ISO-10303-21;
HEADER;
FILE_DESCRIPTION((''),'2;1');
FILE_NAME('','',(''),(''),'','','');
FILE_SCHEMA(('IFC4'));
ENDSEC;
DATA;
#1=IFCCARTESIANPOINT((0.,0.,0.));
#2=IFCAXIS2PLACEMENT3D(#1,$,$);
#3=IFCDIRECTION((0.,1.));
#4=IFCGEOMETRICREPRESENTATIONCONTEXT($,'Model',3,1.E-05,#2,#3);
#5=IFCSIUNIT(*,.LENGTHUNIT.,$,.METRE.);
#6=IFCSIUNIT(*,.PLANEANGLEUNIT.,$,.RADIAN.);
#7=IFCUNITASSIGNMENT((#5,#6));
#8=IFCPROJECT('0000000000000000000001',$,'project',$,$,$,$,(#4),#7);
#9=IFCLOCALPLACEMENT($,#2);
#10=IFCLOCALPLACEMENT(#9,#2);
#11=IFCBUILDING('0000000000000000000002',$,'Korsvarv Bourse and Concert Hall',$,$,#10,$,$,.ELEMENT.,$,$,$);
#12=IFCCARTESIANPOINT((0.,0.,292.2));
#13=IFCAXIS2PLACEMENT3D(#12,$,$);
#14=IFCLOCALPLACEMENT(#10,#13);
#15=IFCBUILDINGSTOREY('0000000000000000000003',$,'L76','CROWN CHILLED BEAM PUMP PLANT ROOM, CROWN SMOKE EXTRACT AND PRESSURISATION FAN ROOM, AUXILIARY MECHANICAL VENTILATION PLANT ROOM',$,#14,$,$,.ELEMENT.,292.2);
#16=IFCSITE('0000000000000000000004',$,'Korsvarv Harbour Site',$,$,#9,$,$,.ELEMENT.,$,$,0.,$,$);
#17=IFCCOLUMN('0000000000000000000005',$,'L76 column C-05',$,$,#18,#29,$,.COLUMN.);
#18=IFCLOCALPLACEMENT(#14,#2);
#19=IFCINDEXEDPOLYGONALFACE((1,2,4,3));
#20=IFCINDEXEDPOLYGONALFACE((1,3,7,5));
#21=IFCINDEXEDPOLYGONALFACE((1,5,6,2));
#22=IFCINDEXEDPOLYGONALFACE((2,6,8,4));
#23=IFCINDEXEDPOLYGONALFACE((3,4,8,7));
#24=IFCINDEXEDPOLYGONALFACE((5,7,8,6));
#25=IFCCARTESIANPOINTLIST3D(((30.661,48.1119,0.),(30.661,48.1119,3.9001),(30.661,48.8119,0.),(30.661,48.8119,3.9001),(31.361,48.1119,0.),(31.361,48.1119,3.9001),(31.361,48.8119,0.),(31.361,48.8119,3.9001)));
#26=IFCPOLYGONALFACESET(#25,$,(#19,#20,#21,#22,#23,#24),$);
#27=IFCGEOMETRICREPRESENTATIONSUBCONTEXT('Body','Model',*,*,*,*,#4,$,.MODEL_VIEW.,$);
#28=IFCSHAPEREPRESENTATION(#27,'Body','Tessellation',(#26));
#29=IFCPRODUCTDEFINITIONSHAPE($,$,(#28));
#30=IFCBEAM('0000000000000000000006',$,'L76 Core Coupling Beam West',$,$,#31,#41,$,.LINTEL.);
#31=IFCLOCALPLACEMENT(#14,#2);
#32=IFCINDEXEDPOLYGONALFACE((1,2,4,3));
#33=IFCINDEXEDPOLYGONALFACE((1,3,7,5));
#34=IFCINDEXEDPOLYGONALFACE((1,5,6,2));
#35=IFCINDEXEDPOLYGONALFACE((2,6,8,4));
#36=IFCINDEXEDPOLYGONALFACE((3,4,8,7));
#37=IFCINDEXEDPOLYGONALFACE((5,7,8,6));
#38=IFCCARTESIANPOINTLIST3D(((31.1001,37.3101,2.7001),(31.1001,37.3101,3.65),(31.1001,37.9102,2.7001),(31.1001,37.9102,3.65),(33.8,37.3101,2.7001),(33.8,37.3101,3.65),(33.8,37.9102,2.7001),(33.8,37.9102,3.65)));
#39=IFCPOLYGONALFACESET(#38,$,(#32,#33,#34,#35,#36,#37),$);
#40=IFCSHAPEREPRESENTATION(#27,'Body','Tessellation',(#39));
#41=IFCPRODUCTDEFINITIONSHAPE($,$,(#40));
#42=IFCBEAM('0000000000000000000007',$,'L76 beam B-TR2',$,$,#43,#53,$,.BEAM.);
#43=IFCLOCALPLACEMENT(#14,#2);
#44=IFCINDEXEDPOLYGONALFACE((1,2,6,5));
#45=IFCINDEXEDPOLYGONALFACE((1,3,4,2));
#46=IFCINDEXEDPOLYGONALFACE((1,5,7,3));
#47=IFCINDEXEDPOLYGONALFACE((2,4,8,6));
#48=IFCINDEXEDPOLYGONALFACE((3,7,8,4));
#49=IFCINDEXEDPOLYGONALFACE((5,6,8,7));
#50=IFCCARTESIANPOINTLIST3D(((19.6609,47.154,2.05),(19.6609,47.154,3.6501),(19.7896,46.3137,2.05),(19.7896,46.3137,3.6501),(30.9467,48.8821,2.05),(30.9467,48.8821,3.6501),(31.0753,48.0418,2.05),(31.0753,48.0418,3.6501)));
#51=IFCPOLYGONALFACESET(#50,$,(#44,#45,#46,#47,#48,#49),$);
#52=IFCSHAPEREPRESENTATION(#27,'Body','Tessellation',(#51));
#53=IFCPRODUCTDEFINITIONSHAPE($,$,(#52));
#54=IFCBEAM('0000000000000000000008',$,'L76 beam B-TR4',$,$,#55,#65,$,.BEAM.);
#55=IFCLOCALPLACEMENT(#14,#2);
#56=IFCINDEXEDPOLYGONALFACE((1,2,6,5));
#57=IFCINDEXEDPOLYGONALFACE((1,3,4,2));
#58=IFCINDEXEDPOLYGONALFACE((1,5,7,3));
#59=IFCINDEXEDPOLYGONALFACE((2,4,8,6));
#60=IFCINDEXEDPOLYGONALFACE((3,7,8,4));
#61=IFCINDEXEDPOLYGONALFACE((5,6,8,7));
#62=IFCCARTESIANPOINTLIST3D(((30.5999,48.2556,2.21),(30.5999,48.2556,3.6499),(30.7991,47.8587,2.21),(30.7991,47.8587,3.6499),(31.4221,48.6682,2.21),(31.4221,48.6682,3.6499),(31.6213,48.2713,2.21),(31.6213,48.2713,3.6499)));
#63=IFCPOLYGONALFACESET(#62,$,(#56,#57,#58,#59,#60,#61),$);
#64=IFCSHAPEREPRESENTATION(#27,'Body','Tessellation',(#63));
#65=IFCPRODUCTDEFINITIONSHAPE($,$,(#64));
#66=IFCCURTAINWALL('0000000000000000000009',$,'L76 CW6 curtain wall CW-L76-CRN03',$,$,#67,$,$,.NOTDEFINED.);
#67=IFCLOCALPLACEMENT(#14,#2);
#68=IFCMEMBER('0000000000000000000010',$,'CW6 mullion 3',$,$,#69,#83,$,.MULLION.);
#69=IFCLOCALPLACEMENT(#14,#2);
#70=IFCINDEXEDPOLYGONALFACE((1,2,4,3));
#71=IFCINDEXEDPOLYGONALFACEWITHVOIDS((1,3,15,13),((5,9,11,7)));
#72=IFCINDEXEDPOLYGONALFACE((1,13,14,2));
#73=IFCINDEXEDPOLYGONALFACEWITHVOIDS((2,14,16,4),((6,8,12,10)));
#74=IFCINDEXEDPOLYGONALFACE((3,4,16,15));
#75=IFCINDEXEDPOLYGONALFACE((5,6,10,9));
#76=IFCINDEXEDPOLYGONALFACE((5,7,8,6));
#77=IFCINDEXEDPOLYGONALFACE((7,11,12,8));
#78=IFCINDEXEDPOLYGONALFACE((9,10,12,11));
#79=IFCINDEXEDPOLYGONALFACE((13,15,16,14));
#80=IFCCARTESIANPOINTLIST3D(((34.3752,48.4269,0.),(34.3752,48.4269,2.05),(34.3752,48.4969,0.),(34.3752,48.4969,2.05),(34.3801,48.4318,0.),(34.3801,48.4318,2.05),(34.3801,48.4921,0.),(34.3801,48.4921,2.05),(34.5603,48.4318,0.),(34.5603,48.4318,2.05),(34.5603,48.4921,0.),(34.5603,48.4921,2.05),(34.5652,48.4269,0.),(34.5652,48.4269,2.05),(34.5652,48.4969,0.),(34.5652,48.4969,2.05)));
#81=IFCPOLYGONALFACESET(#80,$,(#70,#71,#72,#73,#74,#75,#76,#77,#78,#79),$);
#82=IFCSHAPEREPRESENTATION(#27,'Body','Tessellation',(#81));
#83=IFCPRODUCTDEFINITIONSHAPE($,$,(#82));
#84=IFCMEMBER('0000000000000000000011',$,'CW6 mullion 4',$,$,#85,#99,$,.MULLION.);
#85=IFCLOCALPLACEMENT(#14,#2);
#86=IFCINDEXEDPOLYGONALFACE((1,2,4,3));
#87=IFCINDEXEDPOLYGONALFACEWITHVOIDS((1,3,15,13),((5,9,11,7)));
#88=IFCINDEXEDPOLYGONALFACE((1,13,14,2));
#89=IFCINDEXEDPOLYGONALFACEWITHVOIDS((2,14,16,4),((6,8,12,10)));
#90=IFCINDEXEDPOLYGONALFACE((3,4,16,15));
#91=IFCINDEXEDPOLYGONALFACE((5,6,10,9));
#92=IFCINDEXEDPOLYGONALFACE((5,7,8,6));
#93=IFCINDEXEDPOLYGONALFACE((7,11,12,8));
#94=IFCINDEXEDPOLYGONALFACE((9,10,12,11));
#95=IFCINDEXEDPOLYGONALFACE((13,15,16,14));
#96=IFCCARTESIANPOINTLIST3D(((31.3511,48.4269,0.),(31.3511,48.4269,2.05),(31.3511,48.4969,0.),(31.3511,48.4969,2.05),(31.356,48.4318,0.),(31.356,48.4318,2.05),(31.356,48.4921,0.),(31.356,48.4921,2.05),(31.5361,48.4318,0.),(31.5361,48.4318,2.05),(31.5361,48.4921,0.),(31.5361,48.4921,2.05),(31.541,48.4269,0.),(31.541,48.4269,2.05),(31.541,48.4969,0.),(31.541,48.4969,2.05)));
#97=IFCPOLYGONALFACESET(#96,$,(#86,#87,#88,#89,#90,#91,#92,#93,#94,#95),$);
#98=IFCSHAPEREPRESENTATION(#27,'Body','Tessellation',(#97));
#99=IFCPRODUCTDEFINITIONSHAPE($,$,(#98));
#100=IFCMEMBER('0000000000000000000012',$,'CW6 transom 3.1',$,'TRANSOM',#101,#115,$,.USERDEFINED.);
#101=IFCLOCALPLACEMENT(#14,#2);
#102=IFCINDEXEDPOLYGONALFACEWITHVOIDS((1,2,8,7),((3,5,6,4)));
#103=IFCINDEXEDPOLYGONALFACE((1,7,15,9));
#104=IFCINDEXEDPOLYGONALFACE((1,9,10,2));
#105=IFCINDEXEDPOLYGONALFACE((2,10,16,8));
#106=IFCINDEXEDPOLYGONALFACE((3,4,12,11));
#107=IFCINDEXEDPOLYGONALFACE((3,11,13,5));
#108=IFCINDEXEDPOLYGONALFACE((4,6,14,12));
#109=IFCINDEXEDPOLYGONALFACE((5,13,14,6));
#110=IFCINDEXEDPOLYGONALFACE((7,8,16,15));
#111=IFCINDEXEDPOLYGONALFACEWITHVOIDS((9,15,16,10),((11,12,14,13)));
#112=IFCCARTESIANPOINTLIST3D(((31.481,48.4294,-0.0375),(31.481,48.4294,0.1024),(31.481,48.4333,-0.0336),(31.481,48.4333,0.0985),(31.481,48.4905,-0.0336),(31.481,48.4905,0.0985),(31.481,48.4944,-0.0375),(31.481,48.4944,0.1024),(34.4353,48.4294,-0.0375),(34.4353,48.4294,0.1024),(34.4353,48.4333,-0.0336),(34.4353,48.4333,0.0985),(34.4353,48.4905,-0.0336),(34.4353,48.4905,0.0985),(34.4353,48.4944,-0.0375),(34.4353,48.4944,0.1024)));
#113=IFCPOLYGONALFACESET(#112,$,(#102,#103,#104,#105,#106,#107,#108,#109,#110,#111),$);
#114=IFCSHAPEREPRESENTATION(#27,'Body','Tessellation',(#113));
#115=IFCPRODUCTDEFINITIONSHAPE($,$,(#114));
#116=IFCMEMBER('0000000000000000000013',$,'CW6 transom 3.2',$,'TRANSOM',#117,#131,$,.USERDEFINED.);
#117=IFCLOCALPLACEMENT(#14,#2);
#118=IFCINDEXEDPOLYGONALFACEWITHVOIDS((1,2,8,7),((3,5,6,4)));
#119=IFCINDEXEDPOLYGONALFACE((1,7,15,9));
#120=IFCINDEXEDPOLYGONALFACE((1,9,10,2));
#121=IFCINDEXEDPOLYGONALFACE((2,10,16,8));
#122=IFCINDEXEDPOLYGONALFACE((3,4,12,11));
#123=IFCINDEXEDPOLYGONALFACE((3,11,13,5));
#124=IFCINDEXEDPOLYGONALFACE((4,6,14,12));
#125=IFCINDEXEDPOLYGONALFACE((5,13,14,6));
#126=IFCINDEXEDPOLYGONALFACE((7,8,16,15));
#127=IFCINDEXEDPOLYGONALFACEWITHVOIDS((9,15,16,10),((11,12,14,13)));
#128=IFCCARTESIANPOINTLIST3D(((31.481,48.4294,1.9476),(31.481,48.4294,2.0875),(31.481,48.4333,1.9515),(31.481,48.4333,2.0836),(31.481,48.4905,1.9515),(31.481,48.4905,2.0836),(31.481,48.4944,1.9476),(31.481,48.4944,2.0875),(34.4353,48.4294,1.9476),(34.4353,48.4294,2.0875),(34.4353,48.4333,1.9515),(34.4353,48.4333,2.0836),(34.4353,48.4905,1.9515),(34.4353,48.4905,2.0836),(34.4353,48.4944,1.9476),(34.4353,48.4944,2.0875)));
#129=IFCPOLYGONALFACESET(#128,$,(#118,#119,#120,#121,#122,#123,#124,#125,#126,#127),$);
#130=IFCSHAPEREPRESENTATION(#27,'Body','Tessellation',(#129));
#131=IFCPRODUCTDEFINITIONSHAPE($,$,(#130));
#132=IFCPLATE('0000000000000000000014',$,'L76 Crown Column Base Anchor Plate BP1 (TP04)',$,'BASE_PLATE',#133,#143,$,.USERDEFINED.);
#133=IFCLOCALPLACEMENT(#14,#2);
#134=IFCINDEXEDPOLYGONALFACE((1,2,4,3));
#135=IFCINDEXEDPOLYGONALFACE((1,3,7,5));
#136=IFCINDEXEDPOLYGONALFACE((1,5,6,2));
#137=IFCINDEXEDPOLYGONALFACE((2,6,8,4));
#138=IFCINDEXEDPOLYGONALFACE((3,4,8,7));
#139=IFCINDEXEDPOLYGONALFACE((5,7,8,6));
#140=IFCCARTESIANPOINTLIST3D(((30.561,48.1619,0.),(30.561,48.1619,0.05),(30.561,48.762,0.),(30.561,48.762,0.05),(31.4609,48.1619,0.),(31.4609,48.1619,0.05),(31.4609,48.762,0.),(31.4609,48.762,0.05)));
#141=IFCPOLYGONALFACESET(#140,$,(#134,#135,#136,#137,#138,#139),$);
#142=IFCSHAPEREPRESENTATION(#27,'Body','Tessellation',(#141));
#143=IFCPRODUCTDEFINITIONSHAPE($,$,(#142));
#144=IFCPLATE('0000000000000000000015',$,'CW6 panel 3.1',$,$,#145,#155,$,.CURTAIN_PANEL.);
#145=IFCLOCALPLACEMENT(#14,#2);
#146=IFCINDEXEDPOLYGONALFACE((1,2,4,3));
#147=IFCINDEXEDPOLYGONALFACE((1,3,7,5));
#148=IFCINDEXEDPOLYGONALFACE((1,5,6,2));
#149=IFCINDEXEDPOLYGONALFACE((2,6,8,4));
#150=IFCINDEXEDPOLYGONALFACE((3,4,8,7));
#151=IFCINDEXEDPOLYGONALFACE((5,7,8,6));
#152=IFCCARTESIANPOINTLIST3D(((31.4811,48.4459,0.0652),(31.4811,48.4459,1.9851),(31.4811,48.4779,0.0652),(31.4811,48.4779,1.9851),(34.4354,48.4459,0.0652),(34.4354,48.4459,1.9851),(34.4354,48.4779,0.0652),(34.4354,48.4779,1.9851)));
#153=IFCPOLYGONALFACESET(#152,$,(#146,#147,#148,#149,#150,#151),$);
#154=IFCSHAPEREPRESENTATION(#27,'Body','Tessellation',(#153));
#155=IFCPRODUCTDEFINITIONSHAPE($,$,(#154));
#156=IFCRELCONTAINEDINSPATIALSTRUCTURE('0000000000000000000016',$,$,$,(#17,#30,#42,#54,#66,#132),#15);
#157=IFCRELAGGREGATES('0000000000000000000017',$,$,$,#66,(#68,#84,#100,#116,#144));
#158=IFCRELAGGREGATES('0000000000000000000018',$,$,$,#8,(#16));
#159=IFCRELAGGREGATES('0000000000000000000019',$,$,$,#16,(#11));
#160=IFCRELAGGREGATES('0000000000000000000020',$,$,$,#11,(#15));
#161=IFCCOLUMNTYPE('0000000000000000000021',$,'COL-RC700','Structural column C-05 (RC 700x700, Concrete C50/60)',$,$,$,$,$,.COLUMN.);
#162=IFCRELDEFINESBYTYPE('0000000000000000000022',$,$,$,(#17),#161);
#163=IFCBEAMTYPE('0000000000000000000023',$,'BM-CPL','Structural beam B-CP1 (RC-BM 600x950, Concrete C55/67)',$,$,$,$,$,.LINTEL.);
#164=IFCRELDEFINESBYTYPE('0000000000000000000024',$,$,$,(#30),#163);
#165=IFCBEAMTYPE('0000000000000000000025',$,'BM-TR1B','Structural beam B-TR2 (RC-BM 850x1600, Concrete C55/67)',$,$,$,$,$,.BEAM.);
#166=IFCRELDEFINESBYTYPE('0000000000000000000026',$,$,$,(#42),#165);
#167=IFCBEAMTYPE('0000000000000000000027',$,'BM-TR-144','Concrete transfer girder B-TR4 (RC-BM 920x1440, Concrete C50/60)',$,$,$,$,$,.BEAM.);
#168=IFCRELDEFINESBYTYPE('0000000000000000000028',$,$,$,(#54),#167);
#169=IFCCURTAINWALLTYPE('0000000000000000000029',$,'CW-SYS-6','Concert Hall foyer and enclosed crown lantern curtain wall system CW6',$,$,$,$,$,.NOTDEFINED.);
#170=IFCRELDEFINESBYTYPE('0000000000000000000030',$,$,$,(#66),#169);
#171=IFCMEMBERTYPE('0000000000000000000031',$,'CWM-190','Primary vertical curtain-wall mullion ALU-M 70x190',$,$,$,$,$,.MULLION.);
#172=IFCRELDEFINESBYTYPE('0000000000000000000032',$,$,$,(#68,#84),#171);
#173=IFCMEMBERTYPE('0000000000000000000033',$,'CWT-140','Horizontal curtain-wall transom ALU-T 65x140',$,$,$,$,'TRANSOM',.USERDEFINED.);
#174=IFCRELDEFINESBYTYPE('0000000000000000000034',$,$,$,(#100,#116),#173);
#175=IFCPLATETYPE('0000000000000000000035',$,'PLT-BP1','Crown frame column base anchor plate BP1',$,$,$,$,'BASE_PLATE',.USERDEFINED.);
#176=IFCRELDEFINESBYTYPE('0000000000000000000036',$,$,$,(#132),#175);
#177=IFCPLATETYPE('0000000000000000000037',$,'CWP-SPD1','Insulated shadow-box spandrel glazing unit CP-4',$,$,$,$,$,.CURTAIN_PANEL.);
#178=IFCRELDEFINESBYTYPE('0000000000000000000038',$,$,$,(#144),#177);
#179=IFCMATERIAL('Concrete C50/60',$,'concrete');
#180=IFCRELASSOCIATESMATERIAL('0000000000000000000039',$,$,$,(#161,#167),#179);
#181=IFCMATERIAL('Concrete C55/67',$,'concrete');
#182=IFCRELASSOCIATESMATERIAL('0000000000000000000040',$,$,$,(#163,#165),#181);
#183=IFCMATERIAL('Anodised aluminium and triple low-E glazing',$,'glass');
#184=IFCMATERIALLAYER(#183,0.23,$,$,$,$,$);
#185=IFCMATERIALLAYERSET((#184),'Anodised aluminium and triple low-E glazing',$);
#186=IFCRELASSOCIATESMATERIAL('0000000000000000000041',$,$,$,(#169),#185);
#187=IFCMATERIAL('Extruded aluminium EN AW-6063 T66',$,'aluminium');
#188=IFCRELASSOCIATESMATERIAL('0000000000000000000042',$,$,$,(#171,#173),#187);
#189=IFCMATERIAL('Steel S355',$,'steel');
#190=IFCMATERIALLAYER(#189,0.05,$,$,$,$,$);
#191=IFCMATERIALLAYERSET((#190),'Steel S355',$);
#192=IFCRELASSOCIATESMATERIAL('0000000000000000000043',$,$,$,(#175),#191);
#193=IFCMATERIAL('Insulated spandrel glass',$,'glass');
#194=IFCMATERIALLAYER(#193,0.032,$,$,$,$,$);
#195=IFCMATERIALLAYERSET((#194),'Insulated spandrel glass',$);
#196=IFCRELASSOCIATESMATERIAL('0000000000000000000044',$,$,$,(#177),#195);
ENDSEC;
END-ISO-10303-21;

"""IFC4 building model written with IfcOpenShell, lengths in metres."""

from ifc_helpers import new_model, si_unit, direction, frame, origin, origin_2d, place, context, subcontext, project, spatial, rectangle, hollow_rectangle, extrude, source, transform, mapped, material, layer, layer_set, material_profile, profile_set, type_object, element, aggregate, save


model = new_model("IFC4")

# Units and contexts
model_context = context("Model", 3, precision=1e-05, world=origin(), true_north=direction((0.0, 1.0)))
body_context = subcontext(model_context, "Body", "Model", "MODEL_VIEW")
ifc_project = project(units=[si_unit("LENGTHUNIT", "METRE"), si_unit("PLANEANGLEUNIT", "RADIAN")], contexts=[model_context])

# Site, building, storey
site_placement = place(None, origin())
site = spatial("IfcSite", under=ifc_project, at=site_placement, Name="Korsvarv Harbour Site", CompositionType="ELEMENT", RefElevation=0.0)
building_placement = place(site_placement, origin())
building = spatial("IfcBuilding", under=site, at=building_placement, Name="Korsvarv Bourse and Concert Hall", CompositionType="ELEMENT")
storey_placement = place(building_placement, frame((0.0, 0.0, 292.2)))
storey = spatial("IfcBuildingStorey", under=building, at=storey_placement, Name="L76", Description="CROWN CHILLED BEAM PUMP PLANT ROOM, CROWN SMOKE EXTRACT AND PRESSURISATION FAN ROOM, AUXILIARY MECHANICAL VENTILATION PLANT ROOM", CompositionType="ELEMENT", Elevation=292.2)

# Column
ifc_material_1 = material(Name="Concrete C50/60", Category="concrete")
ifc_material_profile_1 = material_profile(ifc_material_1, rectangle(XDim=0.7, YDim=0.7, at=origin_2d()), Name="RC 700x700")
ifc_profile_set_1 = profile_set([ifc_material_profile_1], Name="Concrete C50/60")
column_type = type_object("IfcColumnType", Name="COL-RC700", Description="Structural column C-05 (RC 700x700, Concrete C50/60)", PredefinedType="COLUMN", material=ifc_profile_set_1)
shared_shape_1 = source(origin(), body_context, "Body", "SweptSolid", [
    extrude(rectangle(XDim=0.7, YDim=0.7, at=origin_2d()), origin(), (0.0, 0.0, 1.0), 3.9001),
])
column_placement = place(storey_placement, frame((31.011, 48.4619, 0.0), z_axis=(0.0, 0.0, 1.0), x_axis=(1.0, 0.0, 0.0)))
element("IfcColumn", 1, at=column_placement, inside=storey, type_object=column_type, Name="L76 column C-05", PredefinedType="COLUMN", context=body_context, shape_type="MappedRepresentation", body=[
    mapped(shared_shape_1, transform((0.0, 0.0, 0.0), scale=1.0)),
])

# Beams
ifc_material_2 = material(Name="Concrete C55/67", Category="concrete")
ifc_material_profile_2 = material_profile(ifc_material_2, rectangle(XDim=0.6001, YDim=0.95, at=origin_2d()), Name="RC-BM 600x950")
ifc_profile_set_2 = profile_set([ifc_material_profile_2], Name="Concrete C55/67")
beam_type_1 = type_object("IfcBeamType", Name="BM-CPL", Description="Structural beam B-CP1 (RC-BM 600x950, Concrete C55/67)", PredefinedType="LINTEL", material=ifc_profile_set_2)
shared_shape_2 = source(origin(), body_context, "Body", "SweptSolid", [
    extrude(rectangle(XDim=0.6001, YDim=0.95, at=origin_2d()), origin(), (0.0, 0.0, 1.0), 2.7),
])
beam_1_placement = place(storey_placement, frame((31.1001, 37.6101, 3.175), z_axis=(1.0, 0.0, 0.0), x_axis=(0.0, 1.0, 0.0)))
element("IfcBeam", 2, at=beam_1_placement, inside=storey, type_object=beam_type_1, Name="L76 Core Coupling Beam West", PredefinedType="LINTEL", context=body_context, shape_type="MappedRepresentation", body=[
    mapped(shared_shape_2, transform((0.0, 0.0, 0.0), scale=1.0)),
])
ifc_material_profile_3 = material_profile(ifc_material_2, rectangle(XDim=0.8501, YDim=1.6001, at=origin_2d()), Name="RC-BM 850x1600")
ifc_profile_set_3 = profile_set([ifc_material_profile_3], Name="Concrete C55/67")
beam_type_2 = type_object("IfcBeamType", Name="BM-TR1B", Description="Structural beam B-TR2 (RC-BM 850x1600, Concrete C55/67)", PredefinedType="BEAM", material=ifc_profile_set_3)
shared_shape_3 = source(origin(), body_context, "Body", "SweptSolid", [
    extrude(rectangle(XDim=0.8501, YDim=1.6001, at=origin_2d()), origin(), (0.0, 0.0, 1.0), 11.4172),
])
beam_2_placement = place(storey_placement, frame((31.011, 48.4619, 2.8501), z_axis=(-0.98848, -0.151353, 0.0), x_axis=(0.151353, -0.98848, 0.0)))
element("IfcBeam", 3, at=beam_2_placement, inside=storey, type_object=beam_type_2, Name="L76 beam B-TR2", PredefinedType="BEAM", context=body_context, shape_type="MappedRepresentation", body=[
    mapped(shared_shape_3, transform((0.0, 0.0, 0.0), scale=1.0)),
])
ifc_material_profile_4 = material_profile(ifc_material_1, rectangle(XDim=0.9199, YDim=1.4399, at=origin_2d()), Name="RC-BM 920x1440")
ifc_profile_set_4 = profile_set([ifc_material_profile_4], Name="Concrete C50/60")
beam_type_3 = type_object("IfcBeamType", Name="BM-TR-144", Description="Concrete transfer girder B-TR4 (RC-BM 920x1440, Concrete C50/60)", PredefinedType="BEAM", material=ifc_profile_set_4)
shared_shape_4 = source(origin(), body_context, "Body", "SweptSolid", [
    extrude(rectangle(XDim=0.9199, YDim=1.4399, at=origin_2d()), origin(), (0.0, 0.0, 1.0), 0.4441),
])
beam_3_placement = place(storey_placement, frame((31.011, 48.4619, 2.9299), z_axis=(0.448532, -0.893767, 0.0), x_axis=(0.893767, 0.448532, 0.0)))
element("IfcBeam", 4, at=beam_3_placement, inside=storey, type_object=beam_type_3, Name="L76 beam B-TR4", PredefinedType="BEAM", context=body_context, shape_type="MappedRepresentation", body=[
    mapped(shared_shape_4, transform((0.0, 0.0, 0.0), scale=1.0)),
])

# Curtain wall, members
ifc_material_3 = material(Name="Anodised aluminium and triple low-E glazing", Category="glass")
ifc_layer_1 = layer(ifc_material_3, 0.23)
ifc_layer_set_1 = layer_set([ifc_layer_1], Name="Anodised aluminium and triple low-E glazing")
curtain_wall_type = type_object("IfcCurtainWallType", Name="CW-SYS-6", Description="Concert Hall foyer and enclosed crown lantern curtain wall system CW6", PredefinedType="NOTDEFINED", material=ifc_layer_set_1)
curtain_wall_placement = place(storey_placement, origin())
curtain_wall = element("IfcCurtainWall", 5, at=curtain_wall_placement, inside=storey, type_object=curtain_wall_type, Name="L76 CW6 curtain wall CW-L76-CRN03", PredefinedType="NOTDEFINED")
ifc_material_4 = material(Name="Extruded aluminium EN AW-6063 T66", Category="aluminium")
ifc_material_profile_5 = material_profile(ifc_material_4, hollow_rectangle(XDim=0.0701, YDim=0.1899, WallThickness=0.0049, at=origin_2d()), Name="ALU-M 70x190")
ifc_profile_set_5 = profile_set([ifc_material_profile_5], Name="Extruded aluminium EN AW-6063 T66")
member_type_1 = type_object("IfcMemberType", Name="CWM-190", Description="Primary vertical curtain-wall mullion ALU-M 70x190", PredefinedType="MULLION", material=ifc_profile_set_5)
shared_shape_5 = source(origin(), body_context, "Body", "SweptSolid", [
    extrude(hollow_rectangle(XDim=0.0701, YDim=0.1899, WallThickness=0.0049, at=origin_2d()), origin(), (0.0, 0.0, 1.0), 2.05),
])
member_1_placement = place(storey_placement, frame((34.4702, 48.4619, 0.0), z_axis=(0.0, 0.0, 1.0), x_axis=(0.0, -1.0, 0.0)))
member_1 = element("IfcMember", 6, at=member_1_placement, type_object=member_type_1, Name="CW6 mullion 3", PredefinedType="MULLION", context=body_context, shape_type="MappedRepresentation", body=[
    mapped(shared_shape_5, transform((0.0, 0.0, 0.0), scale=1.0)),
])
member_2_placement = place(storey_placement, frame((31.446, 48.4619, 0.0), z_axis=(0.0, 0.0, 1.0), x_axis=(0.0, -1.0, 0.0)))
member_2 = element("IfcMember", 7, at=member_2_placement, type_object=member_type_1, Name="CW6 mullion 4", PredefinedType="MULLION", context=body_context, shape_type="MappedRepresentation", body=[
    mapped(shared_shape_5, transform((0.0, 0.0, 0.0), scale=1.0)),
])
ifc_material_profile_6 = material_profile(ifc_material_4, hollow_rectangle(XDim=0.0649, YDim=0.1399, WallThickness=0.0039, at=origin_2d()), Name="ALU-T 65x140")
ifc_profile_set_6 = profile_set([ifc_material_profile_6], Name="Extruded aluminium EN AW-6063 T66")
member_type_2 = type_object("IfcMemberType", Name="CWT-140", Description="Horizontal curtain-wall transom ALU-T 65x140", ElementType="TRANSOM", PredefinedType="USERDEFINED", material=ifc_profile_set_6)
shared_shape_6 = source(origin(), body_context, "Body", "SweptSolid", [
    extrude(hollow_rectangle(XDim=0.0649, YDim=0.1399, WallThickness=0.0039, at=origin_2d()), origin(), (0.0, 0.0, 1.0), 2.9543),
])
member_3_placement = place(storey_placement, frame((34.4353, 48.4619, 0.0325), z_axis=(-1.0, 0.0, 0.0), x_axis=(0.0, -1.0, 0.0)))
member_3 = element("IfcMember", 8, at=member_3_placement, type_object=member_type_2, Name="CW6 transom 3.1", ObjectType="TRANSOM", PredefinedType="USERDEFINED", context=body_context, shape_type="MappedRepresentation", body=[
    mapped(shared_shape_6, transform((0.0, 0.0, 0.0), scale=1.0)),
])
member_4_placement = place(storey_placement, frame((34.4353, 48.4619, 2.0176), z_axis=(-1.0, 0.0, 0.0), x_axis=(0.0, -1.0, 0.0)))
member_4 = element("IfcMember", 9, at=member_4_placement, type_object=member_type_2, Name="CW6 transom 3.2", ObjectType="TRANSOM", PredefinedType="USERDEFINED", context=body_context, shape_type="MappedRepresentation", body=[
    mapped(shared_shape_6, transform((0.0, 0.0, 0.0), scale=1.0)),
])

# Plates
ifc_material_5 = material(Name="Steel S355", Category="steel")
ifc_layer_2 = layer(ifc_material_5, 0.05)
ifc_layer_set_2 = layer_set([ifc_layer_2], Name="Steel S355")
plate_type_1 = type_object("IfcPlateType", Name="PLT-BP1", Description="Crown frame column base anchor plate BP1", ElementType="BASE_PLATE", PredefinedType="USERDEFINED", material=ifc_layer_set_2)
shared_shape_7 = source(origin(), body_context, "Body", "SweptSolid", [
    extrude(rectangle(XDim=0.8999, YDim=0.6001, at=origin_2d()), origin(), (0.0, 0.0, 1.0), 0.05),
])
plate_1_placement = place(storey_placement, frame((31.011, 48.4619, 0.0), z_axis=(0.0, 0.0, 1.0), x_axis=(1.0, 0.0, 0.0)))
element("IfcPlate", 10, at=plate_1_placement, inside=storey, type_object=plate_type_1, Name="L76 Crown Column Base Anchor Plate BP1 (TP04)", ObjectType="BASE_PLATE", PredefinedType="USERDEFINED", context=body_context, shape_type="MappedRepresentation", body=[
    mapped(shared_shape_7, transform((0.0, 0.0, 0.0), scale=1.0)),
])
ifc_material_6 = material(Name="Insulated spandrel glass", Category="glass")
ifc_layer_3 = layer(ifc_material_6, 0.032)
ifc_layer_set_3 = layer_set([ifc_layer_3], Name="Insulated spandrel glass")
plate_type_2 = type_object("IfcPlateType", Name="CWP-SPD1", Description="Insulated shadow-box spandrel glazing unit CP-4", PredefinedType="CURTAIN_PANEL", material=ifc_layer_set_3)
shared_shape_8 = source(origin(), body_context, "Body", "SweptSolid", [
    extrude(rectangle(XDim=2.9543, YDim=0.032, at=origin_2d()), origin(), (0.0, 0.0, 1.0), 1.9199),
])
plate_2_placement = place(storey_placement, frame((32.9583, 48.4619, 0.0652), z_axis=(0.0, 0.0, 1.0), x_axis=(-1.0, 0.0, 0.0)))
plate_2 = element("IfcPlate", 11, at=plate_2_placement, type_object=plate_type_2, Name="CW6 panel 3.1", PredefinedType="CURTAIN_PANEL", context=body_context, shape_type="MappedRepresentation", body=[
    mapped(shared_shape_8, transform((0.0, 0.0, 0.0), scale=1.0)),
])
aggregate(curtain_wall, [member_1, member_2, member_3, member_4, plate_2])

save(model, "model.ifc")
